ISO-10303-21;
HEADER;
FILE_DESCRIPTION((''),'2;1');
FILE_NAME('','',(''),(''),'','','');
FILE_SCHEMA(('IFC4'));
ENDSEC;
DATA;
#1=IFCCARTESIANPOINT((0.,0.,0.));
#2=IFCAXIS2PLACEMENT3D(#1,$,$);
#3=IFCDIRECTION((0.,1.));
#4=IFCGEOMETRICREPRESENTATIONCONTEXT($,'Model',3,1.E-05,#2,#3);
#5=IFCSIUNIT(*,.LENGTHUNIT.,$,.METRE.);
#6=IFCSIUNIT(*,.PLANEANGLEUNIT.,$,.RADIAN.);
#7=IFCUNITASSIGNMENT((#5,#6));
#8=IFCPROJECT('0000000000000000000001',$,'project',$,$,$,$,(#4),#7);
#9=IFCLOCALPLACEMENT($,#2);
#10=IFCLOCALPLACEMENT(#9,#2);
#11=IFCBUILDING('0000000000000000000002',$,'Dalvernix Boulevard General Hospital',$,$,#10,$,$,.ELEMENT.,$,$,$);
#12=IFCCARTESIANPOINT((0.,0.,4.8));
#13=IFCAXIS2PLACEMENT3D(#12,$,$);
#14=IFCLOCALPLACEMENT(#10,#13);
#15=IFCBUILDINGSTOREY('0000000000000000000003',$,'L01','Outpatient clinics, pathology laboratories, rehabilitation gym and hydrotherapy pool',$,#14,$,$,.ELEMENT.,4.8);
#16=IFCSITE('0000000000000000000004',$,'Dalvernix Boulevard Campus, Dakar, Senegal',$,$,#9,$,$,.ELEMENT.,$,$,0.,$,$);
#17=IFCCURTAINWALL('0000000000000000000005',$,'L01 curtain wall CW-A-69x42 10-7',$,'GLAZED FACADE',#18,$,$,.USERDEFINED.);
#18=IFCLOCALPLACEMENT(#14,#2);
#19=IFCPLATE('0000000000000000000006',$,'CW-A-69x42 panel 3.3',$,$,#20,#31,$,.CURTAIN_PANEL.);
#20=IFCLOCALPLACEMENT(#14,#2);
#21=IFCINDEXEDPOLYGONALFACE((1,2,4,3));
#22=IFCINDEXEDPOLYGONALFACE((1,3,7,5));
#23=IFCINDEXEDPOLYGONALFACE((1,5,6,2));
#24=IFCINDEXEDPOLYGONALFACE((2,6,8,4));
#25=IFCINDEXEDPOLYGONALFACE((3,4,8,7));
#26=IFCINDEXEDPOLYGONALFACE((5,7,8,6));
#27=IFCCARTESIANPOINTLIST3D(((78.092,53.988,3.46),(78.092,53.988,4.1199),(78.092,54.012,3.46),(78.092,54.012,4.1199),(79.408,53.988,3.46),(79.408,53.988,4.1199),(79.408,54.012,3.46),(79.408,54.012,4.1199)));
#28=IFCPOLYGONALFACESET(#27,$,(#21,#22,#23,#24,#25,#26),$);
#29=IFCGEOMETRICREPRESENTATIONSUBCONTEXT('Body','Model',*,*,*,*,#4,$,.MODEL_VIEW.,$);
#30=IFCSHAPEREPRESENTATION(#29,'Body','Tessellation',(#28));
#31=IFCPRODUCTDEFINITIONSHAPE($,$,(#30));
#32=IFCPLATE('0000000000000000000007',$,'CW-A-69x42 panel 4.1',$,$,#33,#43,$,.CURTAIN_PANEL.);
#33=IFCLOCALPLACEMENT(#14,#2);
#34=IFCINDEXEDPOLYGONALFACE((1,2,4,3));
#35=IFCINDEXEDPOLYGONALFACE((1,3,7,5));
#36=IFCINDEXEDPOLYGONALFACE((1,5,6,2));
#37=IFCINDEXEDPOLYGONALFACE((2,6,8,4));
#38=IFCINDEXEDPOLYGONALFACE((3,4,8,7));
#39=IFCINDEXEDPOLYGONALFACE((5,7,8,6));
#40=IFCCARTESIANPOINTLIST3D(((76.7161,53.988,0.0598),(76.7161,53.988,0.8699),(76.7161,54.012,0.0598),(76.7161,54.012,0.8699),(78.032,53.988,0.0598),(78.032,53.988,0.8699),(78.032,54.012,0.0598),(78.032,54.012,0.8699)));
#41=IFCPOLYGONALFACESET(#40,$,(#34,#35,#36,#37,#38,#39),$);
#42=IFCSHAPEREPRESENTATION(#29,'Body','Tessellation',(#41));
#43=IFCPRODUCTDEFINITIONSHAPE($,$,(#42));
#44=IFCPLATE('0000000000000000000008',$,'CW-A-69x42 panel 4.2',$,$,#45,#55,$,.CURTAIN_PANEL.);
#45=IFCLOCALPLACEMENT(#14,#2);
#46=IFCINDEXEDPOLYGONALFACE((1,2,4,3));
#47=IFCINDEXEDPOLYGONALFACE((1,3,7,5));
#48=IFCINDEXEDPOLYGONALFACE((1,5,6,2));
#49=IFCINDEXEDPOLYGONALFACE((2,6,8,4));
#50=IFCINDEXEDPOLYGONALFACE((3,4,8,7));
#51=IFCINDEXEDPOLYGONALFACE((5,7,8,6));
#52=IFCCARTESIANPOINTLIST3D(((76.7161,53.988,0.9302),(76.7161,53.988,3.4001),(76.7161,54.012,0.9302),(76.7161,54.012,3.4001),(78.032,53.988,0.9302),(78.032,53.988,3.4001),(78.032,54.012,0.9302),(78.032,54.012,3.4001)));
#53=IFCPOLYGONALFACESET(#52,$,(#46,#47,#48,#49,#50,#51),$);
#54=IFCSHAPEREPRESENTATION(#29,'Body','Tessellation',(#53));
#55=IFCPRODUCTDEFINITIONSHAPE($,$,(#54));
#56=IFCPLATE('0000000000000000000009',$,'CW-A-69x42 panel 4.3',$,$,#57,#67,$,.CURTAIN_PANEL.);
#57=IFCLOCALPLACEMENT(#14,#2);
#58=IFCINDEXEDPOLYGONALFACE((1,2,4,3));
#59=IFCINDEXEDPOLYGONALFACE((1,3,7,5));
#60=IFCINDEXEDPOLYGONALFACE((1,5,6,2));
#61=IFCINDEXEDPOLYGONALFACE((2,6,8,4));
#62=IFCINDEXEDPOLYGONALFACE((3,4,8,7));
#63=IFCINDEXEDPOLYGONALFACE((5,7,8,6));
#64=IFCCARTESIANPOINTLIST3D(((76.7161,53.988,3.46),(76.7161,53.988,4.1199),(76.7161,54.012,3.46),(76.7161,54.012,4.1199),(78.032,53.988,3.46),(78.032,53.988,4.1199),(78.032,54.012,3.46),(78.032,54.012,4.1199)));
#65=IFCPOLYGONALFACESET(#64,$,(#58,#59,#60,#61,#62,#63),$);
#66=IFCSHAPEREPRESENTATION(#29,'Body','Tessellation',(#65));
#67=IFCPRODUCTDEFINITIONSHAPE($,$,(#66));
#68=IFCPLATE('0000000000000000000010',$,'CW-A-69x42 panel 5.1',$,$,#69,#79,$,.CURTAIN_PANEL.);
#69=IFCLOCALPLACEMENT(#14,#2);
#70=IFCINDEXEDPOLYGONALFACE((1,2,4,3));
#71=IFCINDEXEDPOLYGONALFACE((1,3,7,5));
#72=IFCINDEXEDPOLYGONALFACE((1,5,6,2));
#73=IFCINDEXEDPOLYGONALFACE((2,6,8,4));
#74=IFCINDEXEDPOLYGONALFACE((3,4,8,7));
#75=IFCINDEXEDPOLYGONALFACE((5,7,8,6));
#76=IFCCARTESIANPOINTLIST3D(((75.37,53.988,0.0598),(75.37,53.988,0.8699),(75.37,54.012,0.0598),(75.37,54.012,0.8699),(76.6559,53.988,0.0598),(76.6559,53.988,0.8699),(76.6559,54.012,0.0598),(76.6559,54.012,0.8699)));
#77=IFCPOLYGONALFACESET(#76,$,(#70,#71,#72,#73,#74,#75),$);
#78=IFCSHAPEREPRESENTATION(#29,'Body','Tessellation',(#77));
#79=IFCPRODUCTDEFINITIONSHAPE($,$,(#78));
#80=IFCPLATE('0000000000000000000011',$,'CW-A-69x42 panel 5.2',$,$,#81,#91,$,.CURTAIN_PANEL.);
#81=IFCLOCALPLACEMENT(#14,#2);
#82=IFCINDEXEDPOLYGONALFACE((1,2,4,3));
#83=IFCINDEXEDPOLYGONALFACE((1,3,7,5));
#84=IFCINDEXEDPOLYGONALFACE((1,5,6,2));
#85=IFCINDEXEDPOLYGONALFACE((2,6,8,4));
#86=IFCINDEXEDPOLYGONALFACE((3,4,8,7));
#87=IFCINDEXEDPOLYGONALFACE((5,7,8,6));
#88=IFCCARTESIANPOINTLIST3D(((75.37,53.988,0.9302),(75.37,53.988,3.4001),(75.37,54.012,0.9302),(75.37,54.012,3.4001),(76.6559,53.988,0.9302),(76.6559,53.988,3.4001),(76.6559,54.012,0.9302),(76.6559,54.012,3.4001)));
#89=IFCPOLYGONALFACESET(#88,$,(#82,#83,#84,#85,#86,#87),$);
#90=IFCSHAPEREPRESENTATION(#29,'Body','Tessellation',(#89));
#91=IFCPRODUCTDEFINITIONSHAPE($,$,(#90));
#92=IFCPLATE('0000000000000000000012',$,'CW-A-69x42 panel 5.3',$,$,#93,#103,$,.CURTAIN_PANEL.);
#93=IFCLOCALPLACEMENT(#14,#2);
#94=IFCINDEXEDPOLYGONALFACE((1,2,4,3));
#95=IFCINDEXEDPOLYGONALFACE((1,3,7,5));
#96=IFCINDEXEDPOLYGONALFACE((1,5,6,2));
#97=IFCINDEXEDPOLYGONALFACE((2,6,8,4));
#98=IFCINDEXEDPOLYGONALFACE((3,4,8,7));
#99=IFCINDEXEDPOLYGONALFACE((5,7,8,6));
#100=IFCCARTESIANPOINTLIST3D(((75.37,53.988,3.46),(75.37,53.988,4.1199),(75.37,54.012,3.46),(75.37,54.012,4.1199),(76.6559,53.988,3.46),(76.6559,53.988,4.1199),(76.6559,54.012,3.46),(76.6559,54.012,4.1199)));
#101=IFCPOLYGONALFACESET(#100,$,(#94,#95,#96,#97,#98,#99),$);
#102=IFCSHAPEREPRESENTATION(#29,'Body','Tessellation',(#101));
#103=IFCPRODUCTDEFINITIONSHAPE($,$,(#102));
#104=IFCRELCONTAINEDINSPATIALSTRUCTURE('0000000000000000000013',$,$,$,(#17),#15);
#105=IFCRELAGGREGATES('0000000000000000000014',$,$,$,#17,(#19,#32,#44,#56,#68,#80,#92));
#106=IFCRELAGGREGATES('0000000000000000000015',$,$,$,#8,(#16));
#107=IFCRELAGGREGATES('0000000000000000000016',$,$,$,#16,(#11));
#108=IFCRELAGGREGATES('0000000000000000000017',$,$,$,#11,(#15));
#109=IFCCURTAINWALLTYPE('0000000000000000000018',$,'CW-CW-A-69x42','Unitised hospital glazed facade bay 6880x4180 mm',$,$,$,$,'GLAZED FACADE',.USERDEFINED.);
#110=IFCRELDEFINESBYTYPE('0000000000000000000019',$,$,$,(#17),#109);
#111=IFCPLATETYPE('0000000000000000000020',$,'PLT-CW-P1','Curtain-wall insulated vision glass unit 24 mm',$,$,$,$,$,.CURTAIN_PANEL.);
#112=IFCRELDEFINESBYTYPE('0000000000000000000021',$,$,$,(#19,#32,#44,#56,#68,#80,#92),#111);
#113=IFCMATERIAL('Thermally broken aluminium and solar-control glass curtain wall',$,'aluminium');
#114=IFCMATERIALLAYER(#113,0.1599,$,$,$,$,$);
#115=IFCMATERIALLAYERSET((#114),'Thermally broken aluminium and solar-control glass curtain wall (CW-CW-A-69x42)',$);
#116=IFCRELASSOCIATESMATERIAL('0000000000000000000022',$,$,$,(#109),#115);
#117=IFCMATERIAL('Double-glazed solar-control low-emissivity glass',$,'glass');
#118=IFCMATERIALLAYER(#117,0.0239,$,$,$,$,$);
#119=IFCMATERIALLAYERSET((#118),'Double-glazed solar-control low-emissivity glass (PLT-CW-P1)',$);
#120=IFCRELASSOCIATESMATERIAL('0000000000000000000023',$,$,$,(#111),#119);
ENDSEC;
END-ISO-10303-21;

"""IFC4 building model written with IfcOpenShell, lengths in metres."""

from ifc_helpers import new_model, si_unit, direction, frame, origin, origin_2d, place, context, subcontext, project, spatial, rectangle, extrude, material, layer, layer_set, type_object, element, aggregate, save


model = new_model("IFC4")

# Units and contexts
model_context = context("Model", 3, precision=1e-05, world=origin(), true_north=direction((0.0, 1.0)))
body_context = subcontext(model_context, "Body", "Model", "MODEL_VIEW")
ifc_project = project(units=[si_unit("LENGTHUNIT", "METRE"), si_unit("PLANEANGLEUNIT", "RADIAN")], contexts=[model_context])

# Site, building, storey
site_placement = place(None, origin())
site = spatial("IfcSite", under=ifc_project, at=site_placement, Name="Dalvernix Boulevard Campus, Dakar, Senegal", CompositionType="ELEMENT", RefElevation=0.0)
building_placement = place(site_placement, origin())
building = spatial("IfcBuilding", under=site, at=building_placement, Name="Dalvernix Boulevard General Hospital", CompositionType="ELEMENT")
storey_placement = place(building_placement, frame((0.0, 0.0, 4.8)))
storey = spatial("IfcBuildingStorey", under=building, at=storey_placement, Name="L01", Description="Outpatient clinics, pathology laboratories, rehabilitation gym and hydrotherapy pool", CompositionType="ELEMENT", Elevation=4.8)

# Curtain wall, plates
ifc_material_1 = material(Name="Thermally broken aluminium and solar-control glass curtain wall", Category="aluminium")
ifc_layer_1 = layer(ifc_material_1, 0.1599)
ifc_layer_set_1 = layer_set([ifc_layer_1], Name="Thermally broken aluminium and solar-control glass curtain wall (CW-CW-A-69x42)")
curtain_wall_type = type_object("IfcCurtainWallType", Name="CW-CW-A-69x42", Description="Unitised hospital glazed facade bay 6880x4180 mm", ElementType="GLAZED FACADE", PredefinedType="USERDEFINED", material=ifc_layer_set_1)
curtain_wall_placement = place(storey_placement, origin())
curtain_wall = element("IfcCurtainWall", 1, at=curtain_wall_placement, inside=storey, type_object=curtain_wall_type, Name="L01 curtain wall CW-A-69x42 10-7", ObjectType="GLAZED FACADE", PredefinedType="USERDEFINED")
ifc_material_2 = material(Name="Double-glazed solar-control low-emissivity glass", Category="glass")
ifc_layer_2 = layer(ifc_material_2, 0.0239)
ifc_layer_set_2 = layer_set([ifc_layer_2], Name="Double-glazed solar-control low-emissivity glass (PLT-CW-P1)")
plate_type = type_object("IfcPlateType", Name="PLT-CW-P1", Description="Curtain-wall insulated vision glass unit 24 mm", PredefinedType="CURTAIN_PANEL", material=ifc_layer_set_2)
plate_1_placement = place(storey_placement, frame((78.75, 54.0, 3.46), z_axis=(0.0, 0.0, 1.0), x_axis=(-1.0, 0.0, 0.0)))
plate_1 = element("IfcPlate", 2, at=plate_1_placement, type_object=plate_type, Name="CW-A-69x42 panel 3.3", PredefinedType="CURTAIN_PANEL", context=body_context, shape_type="SweptSolid", body=[
    extrude(rectangle(XDim=1.3159, YDim=0.0239, at=origin_2d()), origin(), (0.0, 0.0, 1.0), 0.6599),
])
plate_2_placement = place(storey_placement, frame((77.374, 54.0, 0.0598), z_axis=(0.0, 0.0, 1.0), x_axis=(-1.0, 0.0, 0.0)))
plate_2 = element("IfcPlate", 3, at=plate_2_placement, type_object=plate_type, Name="CW-A-69x42 panel 4.1", PredefinedType="CURTAIN_PANEL", context=body_context, shape_type="SweptSolid", body=[
    extrude(rectangle(XDim=1.3159, YDim=0.0239, at=origin_2d()), origin(), (0.0, 0.0, 1.0), 0.8101),
])
plate_3_placement = place(storey_placement, frame((77.374, 54.0, 0.9302), z_axis=(0.0, 0.0, 1.0), x_axis=(-1.0, 0.0, 0.0)))
plate_3 = element("IfcPlate", 4, at=plate_3_placement, type_object=plate_type, Name="CW-A-69x42 panel 4.2", PredefinedType="CURTAIN_PANEL", context=body_context, shape_type="SweptSolid", body=[
    extrude(rectangle(XDim=1.3159, YDim=0.0239, at=origin_2d()), origin(), (0.0, 0.0, 1.0), 2.47),
])
plate_4_placement = place(storey_placement, frame((77.374, 54.0, 3.46), z_axis=(0.0, 0.0, 1.0), x_axis=(-1.0, 0.0, 0.0)))
plate_4 = element("IfcPlate", 5, at=plate_4_placement, type_object=plate_type, Name="CW-A-69x42 panel 4.3", PredefinedType="CURTAIN_PANEL", context=body_context, shape_type="SweptSolid", body=[
    extrude(rectangle(XDim=1.3159, YDim=0.0239, at=origin_2d()), origin(), (0.0, 0.0, 1.0), 0.6599),
])
plate_5_placement = place(storey_placement, frame((76.0129, 54.0, 0.0598), z_axis=(0.0, 0.0, 1.0), x_axis=(-1.0, 0.0, 0.0)))
plate_5 = element("IfcPlate", 6, at=plate_5_placement, type_object=plate_type, Name="CW-A-69x42 panel 5.1", PredefinedType="CURTAIN_PANEL", context=body_context, shape_type="SweptSolid", body=[
    extrude(rectangle(XDim=1.2859, YDim=0.0239, at=origin_2d()), origin(), (0.0, 0.0, 1.0), 0.8101),
])
plate_6_placement = place(storey_placement, frame((76.0129, 54.0, 0.9302), z_axis=(0.0, 0.0, 1.0), x_axis=(-1.0, 0.0, 0.0)))
plate_6 = element("IfcPlate", 7, at=plate_6_placement, type_object=plate_type, Name="CW-A-69x42 panel 5.2", PredefinedType="CURTAIN_PANEL", context=body_context, shape_type="SweptSolid", body=[
    extrude(rectangle(XDim=1.2859, YDim=0.0239, at=origin_2d()), origin(), (0.0, 0.0, 1.0), 2.47),
])
plate_7_placement = place(storey_placement, frame((76.0129, 54.0, 3.46), z_axis=(0.0, 0.0, 1.0), x_axis=(-1.0, 0.0, 0.0)))
plate_7 = element("IfcPlate", 8, at=plate_7_placement, type_object=plate_type, Name="CW-A-69x42 panel 5.3", PredefinedType="CURTAIN_PANEL", context=body_context, shape_type="SweptSolid", body=[
    extrude(rectangle(XDim=1.2859, YDim=0.0239, at=origin_2d()), origin(), (0.0, 0.0, 1.0), 0.6599),
])
aggregate(curtain_wall, [plate_1, plate_2, plate_3, plate_4, plate_5, plate_6, plate_7])

save(model, "model.ifc")
